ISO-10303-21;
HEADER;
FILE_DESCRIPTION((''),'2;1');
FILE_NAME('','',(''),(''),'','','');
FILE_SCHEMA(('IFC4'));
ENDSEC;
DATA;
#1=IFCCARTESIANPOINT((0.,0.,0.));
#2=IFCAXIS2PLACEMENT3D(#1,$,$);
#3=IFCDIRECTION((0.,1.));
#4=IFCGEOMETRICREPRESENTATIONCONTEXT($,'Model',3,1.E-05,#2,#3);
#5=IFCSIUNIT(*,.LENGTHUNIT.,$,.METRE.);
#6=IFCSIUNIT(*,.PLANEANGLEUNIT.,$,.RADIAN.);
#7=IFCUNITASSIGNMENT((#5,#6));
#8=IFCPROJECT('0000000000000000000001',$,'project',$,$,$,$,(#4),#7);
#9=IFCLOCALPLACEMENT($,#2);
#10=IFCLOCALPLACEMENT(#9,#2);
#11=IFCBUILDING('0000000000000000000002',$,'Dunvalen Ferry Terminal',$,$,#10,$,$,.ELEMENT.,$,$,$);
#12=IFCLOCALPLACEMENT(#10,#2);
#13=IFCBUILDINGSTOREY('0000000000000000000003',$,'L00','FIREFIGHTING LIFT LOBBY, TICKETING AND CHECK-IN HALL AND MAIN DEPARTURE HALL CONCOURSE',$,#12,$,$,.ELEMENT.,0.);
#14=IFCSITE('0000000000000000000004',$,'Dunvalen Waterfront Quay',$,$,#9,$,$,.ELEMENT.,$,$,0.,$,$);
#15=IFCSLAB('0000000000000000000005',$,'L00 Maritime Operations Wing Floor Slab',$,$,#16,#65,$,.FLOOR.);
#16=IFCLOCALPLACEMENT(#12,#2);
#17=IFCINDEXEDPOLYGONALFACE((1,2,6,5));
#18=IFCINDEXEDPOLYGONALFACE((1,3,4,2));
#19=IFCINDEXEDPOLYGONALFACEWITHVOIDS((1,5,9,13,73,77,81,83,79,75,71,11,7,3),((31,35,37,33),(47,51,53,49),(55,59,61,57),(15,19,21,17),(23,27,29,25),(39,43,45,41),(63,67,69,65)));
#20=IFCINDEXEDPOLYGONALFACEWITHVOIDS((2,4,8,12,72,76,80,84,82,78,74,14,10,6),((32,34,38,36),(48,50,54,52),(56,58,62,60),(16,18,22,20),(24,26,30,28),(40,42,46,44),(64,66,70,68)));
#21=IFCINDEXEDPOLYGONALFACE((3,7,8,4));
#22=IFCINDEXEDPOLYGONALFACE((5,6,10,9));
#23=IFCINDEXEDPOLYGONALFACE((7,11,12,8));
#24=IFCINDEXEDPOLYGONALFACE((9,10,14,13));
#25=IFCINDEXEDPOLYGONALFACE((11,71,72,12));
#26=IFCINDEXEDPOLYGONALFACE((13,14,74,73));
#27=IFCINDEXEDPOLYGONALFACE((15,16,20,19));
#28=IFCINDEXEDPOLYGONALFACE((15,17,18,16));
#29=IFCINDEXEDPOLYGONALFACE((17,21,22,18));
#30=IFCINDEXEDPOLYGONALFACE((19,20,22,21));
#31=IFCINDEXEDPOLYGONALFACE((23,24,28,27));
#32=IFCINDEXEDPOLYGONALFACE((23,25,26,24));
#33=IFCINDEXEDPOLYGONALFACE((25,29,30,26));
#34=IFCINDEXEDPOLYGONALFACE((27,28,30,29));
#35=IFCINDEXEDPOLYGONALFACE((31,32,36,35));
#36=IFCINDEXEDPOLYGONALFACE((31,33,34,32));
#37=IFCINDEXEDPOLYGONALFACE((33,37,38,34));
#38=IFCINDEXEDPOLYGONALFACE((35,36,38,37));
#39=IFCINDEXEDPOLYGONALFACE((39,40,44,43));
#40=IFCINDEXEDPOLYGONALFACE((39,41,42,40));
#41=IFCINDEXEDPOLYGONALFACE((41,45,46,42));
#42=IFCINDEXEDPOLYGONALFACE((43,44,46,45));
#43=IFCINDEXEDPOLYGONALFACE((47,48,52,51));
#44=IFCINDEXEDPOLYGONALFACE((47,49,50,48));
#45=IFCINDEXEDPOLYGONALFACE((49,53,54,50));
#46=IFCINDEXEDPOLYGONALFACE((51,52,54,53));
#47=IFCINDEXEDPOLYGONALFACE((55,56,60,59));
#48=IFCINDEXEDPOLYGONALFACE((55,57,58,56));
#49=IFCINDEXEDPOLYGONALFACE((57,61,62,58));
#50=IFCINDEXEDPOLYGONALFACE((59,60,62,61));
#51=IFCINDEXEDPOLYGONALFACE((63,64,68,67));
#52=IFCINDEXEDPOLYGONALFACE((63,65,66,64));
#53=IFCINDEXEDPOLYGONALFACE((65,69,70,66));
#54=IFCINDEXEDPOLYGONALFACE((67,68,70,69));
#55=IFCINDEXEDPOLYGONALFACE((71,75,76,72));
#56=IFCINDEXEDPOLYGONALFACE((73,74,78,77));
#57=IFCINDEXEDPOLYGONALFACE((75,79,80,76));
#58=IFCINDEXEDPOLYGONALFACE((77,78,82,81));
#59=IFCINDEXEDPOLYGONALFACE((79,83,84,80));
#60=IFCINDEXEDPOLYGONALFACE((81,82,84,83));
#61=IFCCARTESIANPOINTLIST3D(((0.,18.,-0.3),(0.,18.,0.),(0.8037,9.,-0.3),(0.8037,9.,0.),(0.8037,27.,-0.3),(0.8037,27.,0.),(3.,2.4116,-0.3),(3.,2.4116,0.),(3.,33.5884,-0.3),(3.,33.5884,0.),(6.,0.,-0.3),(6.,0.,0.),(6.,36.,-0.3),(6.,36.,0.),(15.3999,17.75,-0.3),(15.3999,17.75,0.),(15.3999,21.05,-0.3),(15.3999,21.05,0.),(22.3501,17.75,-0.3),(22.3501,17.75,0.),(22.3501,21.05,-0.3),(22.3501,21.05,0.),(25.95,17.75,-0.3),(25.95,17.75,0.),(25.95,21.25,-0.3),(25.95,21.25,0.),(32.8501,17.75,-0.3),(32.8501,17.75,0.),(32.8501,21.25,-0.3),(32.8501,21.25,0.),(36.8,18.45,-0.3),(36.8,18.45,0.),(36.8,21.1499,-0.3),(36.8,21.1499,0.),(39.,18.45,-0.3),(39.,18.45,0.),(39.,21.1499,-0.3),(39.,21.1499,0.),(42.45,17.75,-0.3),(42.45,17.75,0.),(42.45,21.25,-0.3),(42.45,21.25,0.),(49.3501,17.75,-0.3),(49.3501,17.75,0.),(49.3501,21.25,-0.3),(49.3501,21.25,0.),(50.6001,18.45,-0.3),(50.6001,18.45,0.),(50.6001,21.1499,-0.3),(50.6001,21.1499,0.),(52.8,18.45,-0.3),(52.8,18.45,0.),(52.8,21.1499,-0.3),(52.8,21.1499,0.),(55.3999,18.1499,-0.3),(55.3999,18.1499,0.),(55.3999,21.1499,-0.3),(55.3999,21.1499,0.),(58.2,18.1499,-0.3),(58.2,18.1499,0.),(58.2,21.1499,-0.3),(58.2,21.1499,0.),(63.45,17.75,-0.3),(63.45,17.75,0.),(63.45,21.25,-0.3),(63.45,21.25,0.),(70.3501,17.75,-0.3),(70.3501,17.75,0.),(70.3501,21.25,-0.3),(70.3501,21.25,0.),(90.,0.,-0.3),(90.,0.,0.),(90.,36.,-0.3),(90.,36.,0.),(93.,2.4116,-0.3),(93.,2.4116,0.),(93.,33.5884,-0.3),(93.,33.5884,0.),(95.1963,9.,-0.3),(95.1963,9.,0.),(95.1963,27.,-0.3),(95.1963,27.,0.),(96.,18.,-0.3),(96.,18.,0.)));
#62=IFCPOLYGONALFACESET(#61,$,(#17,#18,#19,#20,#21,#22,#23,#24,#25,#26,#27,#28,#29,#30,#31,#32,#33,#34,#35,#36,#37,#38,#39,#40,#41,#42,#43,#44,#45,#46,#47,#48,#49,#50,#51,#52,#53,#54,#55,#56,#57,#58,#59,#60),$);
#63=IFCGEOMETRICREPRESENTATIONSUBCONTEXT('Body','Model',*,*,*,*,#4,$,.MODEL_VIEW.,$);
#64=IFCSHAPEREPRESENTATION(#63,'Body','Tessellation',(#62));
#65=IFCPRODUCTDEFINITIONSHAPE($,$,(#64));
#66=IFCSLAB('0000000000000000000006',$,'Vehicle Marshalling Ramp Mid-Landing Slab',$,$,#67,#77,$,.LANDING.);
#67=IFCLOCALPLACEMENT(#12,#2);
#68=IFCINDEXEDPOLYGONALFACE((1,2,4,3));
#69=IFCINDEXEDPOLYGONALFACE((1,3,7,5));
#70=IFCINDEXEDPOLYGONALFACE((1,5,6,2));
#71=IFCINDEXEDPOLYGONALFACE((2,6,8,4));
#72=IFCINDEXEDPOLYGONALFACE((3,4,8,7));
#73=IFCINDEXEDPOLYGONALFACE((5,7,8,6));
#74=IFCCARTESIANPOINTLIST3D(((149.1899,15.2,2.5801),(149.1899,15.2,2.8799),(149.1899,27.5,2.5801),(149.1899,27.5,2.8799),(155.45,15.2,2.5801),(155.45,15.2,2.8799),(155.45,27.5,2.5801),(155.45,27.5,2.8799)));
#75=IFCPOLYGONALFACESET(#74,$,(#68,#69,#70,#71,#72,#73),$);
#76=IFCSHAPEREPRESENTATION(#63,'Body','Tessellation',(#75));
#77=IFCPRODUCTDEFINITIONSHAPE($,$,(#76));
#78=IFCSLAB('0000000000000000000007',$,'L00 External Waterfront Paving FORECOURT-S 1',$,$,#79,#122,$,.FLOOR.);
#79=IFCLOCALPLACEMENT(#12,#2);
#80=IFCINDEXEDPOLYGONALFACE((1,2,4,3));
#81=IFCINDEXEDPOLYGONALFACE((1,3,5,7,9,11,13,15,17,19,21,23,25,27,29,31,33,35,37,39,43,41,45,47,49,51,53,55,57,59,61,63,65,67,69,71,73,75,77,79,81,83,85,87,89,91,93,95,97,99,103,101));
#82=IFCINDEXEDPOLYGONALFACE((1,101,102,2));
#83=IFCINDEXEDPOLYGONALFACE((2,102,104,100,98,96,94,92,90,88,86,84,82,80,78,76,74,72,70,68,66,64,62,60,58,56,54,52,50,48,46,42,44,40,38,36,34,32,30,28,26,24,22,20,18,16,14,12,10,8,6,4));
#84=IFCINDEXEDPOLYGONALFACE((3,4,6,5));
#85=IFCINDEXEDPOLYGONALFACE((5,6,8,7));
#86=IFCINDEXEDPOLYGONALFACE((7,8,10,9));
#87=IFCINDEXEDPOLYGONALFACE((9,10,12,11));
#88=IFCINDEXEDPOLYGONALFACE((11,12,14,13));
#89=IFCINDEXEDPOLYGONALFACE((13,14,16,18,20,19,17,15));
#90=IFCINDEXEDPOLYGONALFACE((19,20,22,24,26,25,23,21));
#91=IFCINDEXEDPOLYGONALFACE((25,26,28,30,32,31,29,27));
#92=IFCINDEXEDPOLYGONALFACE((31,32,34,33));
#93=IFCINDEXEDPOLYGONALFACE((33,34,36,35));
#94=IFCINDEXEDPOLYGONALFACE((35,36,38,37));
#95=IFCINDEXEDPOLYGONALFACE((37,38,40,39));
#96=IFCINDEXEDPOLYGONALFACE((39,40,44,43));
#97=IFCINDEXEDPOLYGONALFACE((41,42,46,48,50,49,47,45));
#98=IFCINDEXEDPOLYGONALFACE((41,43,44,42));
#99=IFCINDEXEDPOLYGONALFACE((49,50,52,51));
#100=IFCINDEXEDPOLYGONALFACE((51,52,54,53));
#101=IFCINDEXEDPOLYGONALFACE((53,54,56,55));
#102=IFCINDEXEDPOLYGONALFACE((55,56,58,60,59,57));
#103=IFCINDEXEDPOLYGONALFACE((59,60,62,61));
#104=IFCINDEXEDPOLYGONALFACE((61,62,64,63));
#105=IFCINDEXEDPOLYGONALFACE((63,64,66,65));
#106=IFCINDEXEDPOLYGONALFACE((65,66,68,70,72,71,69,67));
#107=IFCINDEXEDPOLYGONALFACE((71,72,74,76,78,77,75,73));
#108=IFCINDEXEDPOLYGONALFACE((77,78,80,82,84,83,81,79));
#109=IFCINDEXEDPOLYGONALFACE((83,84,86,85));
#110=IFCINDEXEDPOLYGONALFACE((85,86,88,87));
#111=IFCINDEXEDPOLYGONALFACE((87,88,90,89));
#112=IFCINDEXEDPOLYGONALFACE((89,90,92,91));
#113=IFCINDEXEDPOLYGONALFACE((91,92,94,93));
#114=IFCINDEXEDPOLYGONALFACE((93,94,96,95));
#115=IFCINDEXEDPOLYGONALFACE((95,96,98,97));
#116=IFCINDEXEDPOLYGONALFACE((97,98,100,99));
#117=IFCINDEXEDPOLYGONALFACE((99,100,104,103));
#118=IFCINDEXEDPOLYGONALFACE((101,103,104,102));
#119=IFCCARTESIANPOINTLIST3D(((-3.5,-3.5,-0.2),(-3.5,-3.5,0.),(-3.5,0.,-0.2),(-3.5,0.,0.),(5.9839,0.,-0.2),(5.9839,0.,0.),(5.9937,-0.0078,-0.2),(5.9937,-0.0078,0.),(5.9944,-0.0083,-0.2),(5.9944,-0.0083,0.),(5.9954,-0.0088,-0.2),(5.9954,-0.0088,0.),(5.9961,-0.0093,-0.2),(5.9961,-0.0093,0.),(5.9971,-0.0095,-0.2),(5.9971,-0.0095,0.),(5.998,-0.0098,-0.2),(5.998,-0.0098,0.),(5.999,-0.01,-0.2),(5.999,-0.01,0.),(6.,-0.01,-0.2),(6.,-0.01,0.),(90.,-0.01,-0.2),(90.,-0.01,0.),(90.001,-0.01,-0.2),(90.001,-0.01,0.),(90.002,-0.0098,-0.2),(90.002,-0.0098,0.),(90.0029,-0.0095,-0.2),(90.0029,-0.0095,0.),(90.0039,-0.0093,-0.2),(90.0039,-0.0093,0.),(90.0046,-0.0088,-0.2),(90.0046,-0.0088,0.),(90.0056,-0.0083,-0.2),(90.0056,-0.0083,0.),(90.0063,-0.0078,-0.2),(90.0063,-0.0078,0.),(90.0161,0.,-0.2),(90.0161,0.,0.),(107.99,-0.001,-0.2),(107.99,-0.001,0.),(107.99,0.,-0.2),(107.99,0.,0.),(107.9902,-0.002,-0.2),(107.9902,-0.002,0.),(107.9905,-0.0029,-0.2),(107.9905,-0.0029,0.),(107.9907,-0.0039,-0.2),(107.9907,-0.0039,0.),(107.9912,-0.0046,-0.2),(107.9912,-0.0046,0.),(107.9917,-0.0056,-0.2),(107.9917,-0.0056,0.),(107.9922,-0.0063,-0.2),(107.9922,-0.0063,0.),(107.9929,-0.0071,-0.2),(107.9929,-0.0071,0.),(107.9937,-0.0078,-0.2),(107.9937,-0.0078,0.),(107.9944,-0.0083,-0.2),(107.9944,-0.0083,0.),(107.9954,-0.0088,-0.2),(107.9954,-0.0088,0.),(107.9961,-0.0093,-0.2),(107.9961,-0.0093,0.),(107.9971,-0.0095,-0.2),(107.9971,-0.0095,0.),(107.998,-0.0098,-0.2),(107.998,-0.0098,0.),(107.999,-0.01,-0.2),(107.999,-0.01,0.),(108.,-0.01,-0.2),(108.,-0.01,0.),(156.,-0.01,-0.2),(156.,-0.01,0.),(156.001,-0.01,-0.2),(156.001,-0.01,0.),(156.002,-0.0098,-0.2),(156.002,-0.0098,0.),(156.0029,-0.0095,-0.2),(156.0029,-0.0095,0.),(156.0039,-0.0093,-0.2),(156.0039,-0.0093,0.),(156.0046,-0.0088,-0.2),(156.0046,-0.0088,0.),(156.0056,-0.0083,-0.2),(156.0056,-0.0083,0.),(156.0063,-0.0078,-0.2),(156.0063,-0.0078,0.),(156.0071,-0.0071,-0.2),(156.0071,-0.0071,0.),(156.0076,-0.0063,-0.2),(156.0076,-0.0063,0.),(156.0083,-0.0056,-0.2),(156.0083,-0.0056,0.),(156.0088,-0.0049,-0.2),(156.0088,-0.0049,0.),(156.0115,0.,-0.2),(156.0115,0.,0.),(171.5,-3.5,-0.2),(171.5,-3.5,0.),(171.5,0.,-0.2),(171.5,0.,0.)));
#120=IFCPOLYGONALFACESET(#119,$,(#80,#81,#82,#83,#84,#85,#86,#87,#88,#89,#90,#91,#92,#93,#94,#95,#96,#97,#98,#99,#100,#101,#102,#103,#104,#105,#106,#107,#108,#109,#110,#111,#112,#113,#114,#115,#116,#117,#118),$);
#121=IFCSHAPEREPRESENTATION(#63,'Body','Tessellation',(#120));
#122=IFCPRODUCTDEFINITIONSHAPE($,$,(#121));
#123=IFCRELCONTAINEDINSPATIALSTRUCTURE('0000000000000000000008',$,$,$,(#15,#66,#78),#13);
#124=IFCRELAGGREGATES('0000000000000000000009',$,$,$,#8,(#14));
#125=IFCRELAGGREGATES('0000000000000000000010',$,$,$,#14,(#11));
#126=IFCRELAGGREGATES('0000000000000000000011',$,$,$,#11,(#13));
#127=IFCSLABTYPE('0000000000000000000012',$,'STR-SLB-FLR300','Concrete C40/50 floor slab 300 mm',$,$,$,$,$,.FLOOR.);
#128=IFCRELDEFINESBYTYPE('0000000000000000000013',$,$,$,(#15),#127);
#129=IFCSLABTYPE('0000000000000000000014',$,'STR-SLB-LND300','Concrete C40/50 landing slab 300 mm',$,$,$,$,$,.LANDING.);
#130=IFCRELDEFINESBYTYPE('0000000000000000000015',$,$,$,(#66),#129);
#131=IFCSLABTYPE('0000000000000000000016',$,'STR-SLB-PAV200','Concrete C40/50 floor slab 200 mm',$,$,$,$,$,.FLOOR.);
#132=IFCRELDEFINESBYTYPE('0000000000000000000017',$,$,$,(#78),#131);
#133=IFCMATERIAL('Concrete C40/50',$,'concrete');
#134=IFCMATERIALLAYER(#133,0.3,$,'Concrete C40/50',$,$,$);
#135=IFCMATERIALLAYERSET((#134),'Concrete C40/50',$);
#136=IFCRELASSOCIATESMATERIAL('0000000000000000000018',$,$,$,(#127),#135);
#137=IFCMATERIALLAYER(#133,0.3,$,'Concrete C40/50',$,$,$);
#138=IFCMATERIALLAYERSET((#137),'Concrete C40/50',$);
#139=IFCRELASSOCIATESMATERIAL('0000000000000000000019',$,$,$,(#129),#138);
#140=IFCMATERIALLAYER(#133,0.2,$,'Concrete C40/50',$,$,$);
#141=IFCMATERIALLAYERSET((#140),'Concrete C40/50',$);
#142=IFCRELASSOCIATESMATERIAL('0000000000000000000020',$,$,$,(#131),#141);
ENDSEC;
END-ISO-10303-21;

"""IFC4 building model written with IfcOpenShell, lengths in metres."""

from ifc_helpers import new_model, si_unit, direction, frame, origin, place, context, subcontext, project, spatial, polyline, outline, extrude, material, layer, layer_set, type_object, element, save


model = new_model("IFC4")

# Units and contexts
model_context = context("Model", 3, precision=1e-05, world=origin(), true_north=direction((0.0, 1.0)))
body_context = subcontext(model_context, "Body", "Model", "MODEL_VIEW")
ifc_project = project(units=[si_unit("LENGTHUNIT", "METRE"), si_unit("PLANEANGLEUNIT", "RADIAN")], contexts=[model_context])

# Site, building, storey
site_placement = place(None, origin())
site = spatial("IfcSite", under=ifc_project, at=site_placement, Name="Dunvalen Waterfront Quay", CompositionType="ELEMENT", RefElevation=0.0)
building_placement = place(site_placement, origin())
building = spatial("IfcBuilding", under=site, at=building_placement, Name="Dunvalen Ferry Terminal", CompositionType="ELEMENT")
storey_placement = place(building_placement, origin())
storey = spatial("IfcBuildingStorey", under=building, at=storey_placement, Name="L00", Description="FIREFIGHTING LIFT LOBBY, TICKETING AND CHECK-IN HALL AND MAIN DEPARTURE HALL CONCOURSE", CompositionType="ELEMENT", Elevation=0.0)

# Slabs
ifc_material_1 = material(Name="Concrete C40/50", Category="concrete")
ifc_layer_1 = layer(ifc_material_1, 0.3, Name="Concrete C40/50")
ifc_layer_set_1 = layer_set([ifc_layer_1], Name="Concrete C40/50")
slab_type_1 = type_object("IfcSlabType", Name="STR-SLB-FLR300", Description="Concrete C40/50 floor slab 300 mm", PredefinedType="FLOOR", material=ifc_layer_set_1)
slab_1_placement = place(storey_placement, frame((0.0, 0.0, -0.3)))
element("IfcSlab", 1, at=slab_1_placement, inside=storey, type_object=slab_type_1, Name="L00 Maritime Operations Wing Floor Slab", PredefinedType="FLOOR", context=body_context, shape_type="SweptSolid", body=[
    extrude(outline(polyline([(6.0, 0.0), (90.0, 0.0), (93.0, 2.4116), (95.1963, 9.0), (96.0, 18.0), (95.1963, 27.0), (93.0, 33.5884), (90.0, 36.0), (6.0, 36.0), (3.0, 33.5884), (0.8037, 27.0), (0.0, 18.0), (0.8037, 9.0), (3.0, 2.4116), (6.0, 0.0)]), holes=[polyline([(25.95, 17.75), (32.8501, 17.75), (32.8501, 21.25), (25.95, 21.25), (25.95, 17.75)]), polyline([(42.45, 17.75), (49.3501, 17.75), (49.3501, 21.25), (42.45, 21.25), (42.45, 17.75)]), polyline([(63.45, 17.75), (70.3501, 17.75), (70.3501, 21.25), (63.45, 21.25), (63.45, 17.75)]), polyline([(15.3999, 17.75), (22.3501, 17.75), (22.3501, 21.05), (15.3999, 21.05), (15.3999, 17.75)]), polyline([(36.8, 18.45), (39.0, 18.45), (39.0, 21.1499), (36.8, 21.1499), (36.8, 18.45)]), polyline([(50.6001, 18.45), (52.8, 18.45), (52.8, 21.1499), (50.6001, 21.1499), (50.6001, 18.45)]), polyline([(55.3999, 18.1499), (58.2, 18.1499), (58.2, 21.1499), (55.3999, 21.1499), (55.3999, 18.1499)])]), origin(), (0.0, 0.0, 1.0), 0.3),
])
ifc_layer_2 = layer(ifc_material_1, 0.3, Name="Concrete C40/50")
ifc_layer_set_2 = layer_set([ifc_layer_2], Name="Concrete C40/50")
slab_type_2 = type_object("IfcSlabType", Name="STR-SLB-LND300", Description="Concrete C40/50 landing slab 300 mm", PredefinedType="LANDING", material=ifc_layer_set_2)
slab_2_placement = place(storey_placement, frame((0.0, 0.0, 2.5801)))
element("IfcSlab", 2, at=slab_2_placement, inside=storey, type_object=slab_type_2, Name="Vehicle Marshalling Ramp Mid-Landing Slab", PredefinedType="LANDING", context=body_context, shape_type="SweptSolid", body=[
    extrude(outline(polyline([(149.1899, 15.2), (155.45, 15.2), (155.45, 27.5), (149.1899, 27.5), (149.1899, 15.2)])), origin(), (0.0, 0.0, 1.0), 0.2998),
])
ifc_layer_3 = layer(ifc_material_1, 0.2, Name="Concrete C40/50")
ifc_layer_set_3 = layer_set([ifc_layer_3], Name="Concrete C40/50")
slab_type_3 = type_object("IfcSlabType", Name="STR-SLB-PAV200", Description="Concrete C40/50 floor slab 200 mm", PredefinedType="FLOOR", material=ifc_layer_set_3)
slab_3_placement = place(storey_placement, frame((0.0, 0.0, -0.2)))
element("IfcSlab", 3, at=slab_3_placement, inside=storey, type_object=slab_type_3, Name="L00 External Waterfront Paving FORECOURT-S 1", PredefinedType="FLOOR", context=body_context, shape_type="SweptSolid", body=[
    extrude(outline(polyline([(156.0115, 0.0), (156.0088, -0.0049), (156.0083, -0.0056), (156.0076, -0.0063), (156.0071, -0.0071), (156.0063, -0.0078), (156.0056, -0.0083), (156.0046, -0.0088), (156.0039, -0.0093), (156.0029, -0.0095), (156.002, -0.0098), (156.001, -0.01), (156.0, -0.01), (108.0, -0.01), (107.999, -0.01), (107.998, -0.0098), (107.9971, -0.0095), (107.9961, -0.0093), (107.9954, -0.0088), (107.9944, -0.0083), (107.9937, -0.0078), (107.9929, -0.0071), (107.9922, -0.0063), (107.9917, -0.0056), (107.9912, -0.0046), (107.9907, -0.0039), (107.9905, -0.0029), (107.9902, -0.002), (107.99, -0.001), (107.99, 0.0), (90.0161, 0.0), (90.0063, -0.0078), (90.0056, -0.0083), (90.0046, -0.0088), (90.0039, -0.0093), (90.0029, -0.0095), (90.002, -0.0098), (90.001, -0.01), (90.0, -0.01), (6.0, -0.01), (5.999, -0.01), (5.998, -0.0098), (5.9971, -0.0095), (5.9961, -0.0093), (5.9954, -0.0088), (5.9944, -0.0083), (5.9937, -0.0078), (5.9839, 0.0), (-3.5, 0.0), (-3.5, -3.5), (171.5, -3.5), (171.5, 0.0), (156.0115, 0.0)])), origin(), (0.0, 0.0, 1.0), 0.2),
])

save(model, "model.ifc")
